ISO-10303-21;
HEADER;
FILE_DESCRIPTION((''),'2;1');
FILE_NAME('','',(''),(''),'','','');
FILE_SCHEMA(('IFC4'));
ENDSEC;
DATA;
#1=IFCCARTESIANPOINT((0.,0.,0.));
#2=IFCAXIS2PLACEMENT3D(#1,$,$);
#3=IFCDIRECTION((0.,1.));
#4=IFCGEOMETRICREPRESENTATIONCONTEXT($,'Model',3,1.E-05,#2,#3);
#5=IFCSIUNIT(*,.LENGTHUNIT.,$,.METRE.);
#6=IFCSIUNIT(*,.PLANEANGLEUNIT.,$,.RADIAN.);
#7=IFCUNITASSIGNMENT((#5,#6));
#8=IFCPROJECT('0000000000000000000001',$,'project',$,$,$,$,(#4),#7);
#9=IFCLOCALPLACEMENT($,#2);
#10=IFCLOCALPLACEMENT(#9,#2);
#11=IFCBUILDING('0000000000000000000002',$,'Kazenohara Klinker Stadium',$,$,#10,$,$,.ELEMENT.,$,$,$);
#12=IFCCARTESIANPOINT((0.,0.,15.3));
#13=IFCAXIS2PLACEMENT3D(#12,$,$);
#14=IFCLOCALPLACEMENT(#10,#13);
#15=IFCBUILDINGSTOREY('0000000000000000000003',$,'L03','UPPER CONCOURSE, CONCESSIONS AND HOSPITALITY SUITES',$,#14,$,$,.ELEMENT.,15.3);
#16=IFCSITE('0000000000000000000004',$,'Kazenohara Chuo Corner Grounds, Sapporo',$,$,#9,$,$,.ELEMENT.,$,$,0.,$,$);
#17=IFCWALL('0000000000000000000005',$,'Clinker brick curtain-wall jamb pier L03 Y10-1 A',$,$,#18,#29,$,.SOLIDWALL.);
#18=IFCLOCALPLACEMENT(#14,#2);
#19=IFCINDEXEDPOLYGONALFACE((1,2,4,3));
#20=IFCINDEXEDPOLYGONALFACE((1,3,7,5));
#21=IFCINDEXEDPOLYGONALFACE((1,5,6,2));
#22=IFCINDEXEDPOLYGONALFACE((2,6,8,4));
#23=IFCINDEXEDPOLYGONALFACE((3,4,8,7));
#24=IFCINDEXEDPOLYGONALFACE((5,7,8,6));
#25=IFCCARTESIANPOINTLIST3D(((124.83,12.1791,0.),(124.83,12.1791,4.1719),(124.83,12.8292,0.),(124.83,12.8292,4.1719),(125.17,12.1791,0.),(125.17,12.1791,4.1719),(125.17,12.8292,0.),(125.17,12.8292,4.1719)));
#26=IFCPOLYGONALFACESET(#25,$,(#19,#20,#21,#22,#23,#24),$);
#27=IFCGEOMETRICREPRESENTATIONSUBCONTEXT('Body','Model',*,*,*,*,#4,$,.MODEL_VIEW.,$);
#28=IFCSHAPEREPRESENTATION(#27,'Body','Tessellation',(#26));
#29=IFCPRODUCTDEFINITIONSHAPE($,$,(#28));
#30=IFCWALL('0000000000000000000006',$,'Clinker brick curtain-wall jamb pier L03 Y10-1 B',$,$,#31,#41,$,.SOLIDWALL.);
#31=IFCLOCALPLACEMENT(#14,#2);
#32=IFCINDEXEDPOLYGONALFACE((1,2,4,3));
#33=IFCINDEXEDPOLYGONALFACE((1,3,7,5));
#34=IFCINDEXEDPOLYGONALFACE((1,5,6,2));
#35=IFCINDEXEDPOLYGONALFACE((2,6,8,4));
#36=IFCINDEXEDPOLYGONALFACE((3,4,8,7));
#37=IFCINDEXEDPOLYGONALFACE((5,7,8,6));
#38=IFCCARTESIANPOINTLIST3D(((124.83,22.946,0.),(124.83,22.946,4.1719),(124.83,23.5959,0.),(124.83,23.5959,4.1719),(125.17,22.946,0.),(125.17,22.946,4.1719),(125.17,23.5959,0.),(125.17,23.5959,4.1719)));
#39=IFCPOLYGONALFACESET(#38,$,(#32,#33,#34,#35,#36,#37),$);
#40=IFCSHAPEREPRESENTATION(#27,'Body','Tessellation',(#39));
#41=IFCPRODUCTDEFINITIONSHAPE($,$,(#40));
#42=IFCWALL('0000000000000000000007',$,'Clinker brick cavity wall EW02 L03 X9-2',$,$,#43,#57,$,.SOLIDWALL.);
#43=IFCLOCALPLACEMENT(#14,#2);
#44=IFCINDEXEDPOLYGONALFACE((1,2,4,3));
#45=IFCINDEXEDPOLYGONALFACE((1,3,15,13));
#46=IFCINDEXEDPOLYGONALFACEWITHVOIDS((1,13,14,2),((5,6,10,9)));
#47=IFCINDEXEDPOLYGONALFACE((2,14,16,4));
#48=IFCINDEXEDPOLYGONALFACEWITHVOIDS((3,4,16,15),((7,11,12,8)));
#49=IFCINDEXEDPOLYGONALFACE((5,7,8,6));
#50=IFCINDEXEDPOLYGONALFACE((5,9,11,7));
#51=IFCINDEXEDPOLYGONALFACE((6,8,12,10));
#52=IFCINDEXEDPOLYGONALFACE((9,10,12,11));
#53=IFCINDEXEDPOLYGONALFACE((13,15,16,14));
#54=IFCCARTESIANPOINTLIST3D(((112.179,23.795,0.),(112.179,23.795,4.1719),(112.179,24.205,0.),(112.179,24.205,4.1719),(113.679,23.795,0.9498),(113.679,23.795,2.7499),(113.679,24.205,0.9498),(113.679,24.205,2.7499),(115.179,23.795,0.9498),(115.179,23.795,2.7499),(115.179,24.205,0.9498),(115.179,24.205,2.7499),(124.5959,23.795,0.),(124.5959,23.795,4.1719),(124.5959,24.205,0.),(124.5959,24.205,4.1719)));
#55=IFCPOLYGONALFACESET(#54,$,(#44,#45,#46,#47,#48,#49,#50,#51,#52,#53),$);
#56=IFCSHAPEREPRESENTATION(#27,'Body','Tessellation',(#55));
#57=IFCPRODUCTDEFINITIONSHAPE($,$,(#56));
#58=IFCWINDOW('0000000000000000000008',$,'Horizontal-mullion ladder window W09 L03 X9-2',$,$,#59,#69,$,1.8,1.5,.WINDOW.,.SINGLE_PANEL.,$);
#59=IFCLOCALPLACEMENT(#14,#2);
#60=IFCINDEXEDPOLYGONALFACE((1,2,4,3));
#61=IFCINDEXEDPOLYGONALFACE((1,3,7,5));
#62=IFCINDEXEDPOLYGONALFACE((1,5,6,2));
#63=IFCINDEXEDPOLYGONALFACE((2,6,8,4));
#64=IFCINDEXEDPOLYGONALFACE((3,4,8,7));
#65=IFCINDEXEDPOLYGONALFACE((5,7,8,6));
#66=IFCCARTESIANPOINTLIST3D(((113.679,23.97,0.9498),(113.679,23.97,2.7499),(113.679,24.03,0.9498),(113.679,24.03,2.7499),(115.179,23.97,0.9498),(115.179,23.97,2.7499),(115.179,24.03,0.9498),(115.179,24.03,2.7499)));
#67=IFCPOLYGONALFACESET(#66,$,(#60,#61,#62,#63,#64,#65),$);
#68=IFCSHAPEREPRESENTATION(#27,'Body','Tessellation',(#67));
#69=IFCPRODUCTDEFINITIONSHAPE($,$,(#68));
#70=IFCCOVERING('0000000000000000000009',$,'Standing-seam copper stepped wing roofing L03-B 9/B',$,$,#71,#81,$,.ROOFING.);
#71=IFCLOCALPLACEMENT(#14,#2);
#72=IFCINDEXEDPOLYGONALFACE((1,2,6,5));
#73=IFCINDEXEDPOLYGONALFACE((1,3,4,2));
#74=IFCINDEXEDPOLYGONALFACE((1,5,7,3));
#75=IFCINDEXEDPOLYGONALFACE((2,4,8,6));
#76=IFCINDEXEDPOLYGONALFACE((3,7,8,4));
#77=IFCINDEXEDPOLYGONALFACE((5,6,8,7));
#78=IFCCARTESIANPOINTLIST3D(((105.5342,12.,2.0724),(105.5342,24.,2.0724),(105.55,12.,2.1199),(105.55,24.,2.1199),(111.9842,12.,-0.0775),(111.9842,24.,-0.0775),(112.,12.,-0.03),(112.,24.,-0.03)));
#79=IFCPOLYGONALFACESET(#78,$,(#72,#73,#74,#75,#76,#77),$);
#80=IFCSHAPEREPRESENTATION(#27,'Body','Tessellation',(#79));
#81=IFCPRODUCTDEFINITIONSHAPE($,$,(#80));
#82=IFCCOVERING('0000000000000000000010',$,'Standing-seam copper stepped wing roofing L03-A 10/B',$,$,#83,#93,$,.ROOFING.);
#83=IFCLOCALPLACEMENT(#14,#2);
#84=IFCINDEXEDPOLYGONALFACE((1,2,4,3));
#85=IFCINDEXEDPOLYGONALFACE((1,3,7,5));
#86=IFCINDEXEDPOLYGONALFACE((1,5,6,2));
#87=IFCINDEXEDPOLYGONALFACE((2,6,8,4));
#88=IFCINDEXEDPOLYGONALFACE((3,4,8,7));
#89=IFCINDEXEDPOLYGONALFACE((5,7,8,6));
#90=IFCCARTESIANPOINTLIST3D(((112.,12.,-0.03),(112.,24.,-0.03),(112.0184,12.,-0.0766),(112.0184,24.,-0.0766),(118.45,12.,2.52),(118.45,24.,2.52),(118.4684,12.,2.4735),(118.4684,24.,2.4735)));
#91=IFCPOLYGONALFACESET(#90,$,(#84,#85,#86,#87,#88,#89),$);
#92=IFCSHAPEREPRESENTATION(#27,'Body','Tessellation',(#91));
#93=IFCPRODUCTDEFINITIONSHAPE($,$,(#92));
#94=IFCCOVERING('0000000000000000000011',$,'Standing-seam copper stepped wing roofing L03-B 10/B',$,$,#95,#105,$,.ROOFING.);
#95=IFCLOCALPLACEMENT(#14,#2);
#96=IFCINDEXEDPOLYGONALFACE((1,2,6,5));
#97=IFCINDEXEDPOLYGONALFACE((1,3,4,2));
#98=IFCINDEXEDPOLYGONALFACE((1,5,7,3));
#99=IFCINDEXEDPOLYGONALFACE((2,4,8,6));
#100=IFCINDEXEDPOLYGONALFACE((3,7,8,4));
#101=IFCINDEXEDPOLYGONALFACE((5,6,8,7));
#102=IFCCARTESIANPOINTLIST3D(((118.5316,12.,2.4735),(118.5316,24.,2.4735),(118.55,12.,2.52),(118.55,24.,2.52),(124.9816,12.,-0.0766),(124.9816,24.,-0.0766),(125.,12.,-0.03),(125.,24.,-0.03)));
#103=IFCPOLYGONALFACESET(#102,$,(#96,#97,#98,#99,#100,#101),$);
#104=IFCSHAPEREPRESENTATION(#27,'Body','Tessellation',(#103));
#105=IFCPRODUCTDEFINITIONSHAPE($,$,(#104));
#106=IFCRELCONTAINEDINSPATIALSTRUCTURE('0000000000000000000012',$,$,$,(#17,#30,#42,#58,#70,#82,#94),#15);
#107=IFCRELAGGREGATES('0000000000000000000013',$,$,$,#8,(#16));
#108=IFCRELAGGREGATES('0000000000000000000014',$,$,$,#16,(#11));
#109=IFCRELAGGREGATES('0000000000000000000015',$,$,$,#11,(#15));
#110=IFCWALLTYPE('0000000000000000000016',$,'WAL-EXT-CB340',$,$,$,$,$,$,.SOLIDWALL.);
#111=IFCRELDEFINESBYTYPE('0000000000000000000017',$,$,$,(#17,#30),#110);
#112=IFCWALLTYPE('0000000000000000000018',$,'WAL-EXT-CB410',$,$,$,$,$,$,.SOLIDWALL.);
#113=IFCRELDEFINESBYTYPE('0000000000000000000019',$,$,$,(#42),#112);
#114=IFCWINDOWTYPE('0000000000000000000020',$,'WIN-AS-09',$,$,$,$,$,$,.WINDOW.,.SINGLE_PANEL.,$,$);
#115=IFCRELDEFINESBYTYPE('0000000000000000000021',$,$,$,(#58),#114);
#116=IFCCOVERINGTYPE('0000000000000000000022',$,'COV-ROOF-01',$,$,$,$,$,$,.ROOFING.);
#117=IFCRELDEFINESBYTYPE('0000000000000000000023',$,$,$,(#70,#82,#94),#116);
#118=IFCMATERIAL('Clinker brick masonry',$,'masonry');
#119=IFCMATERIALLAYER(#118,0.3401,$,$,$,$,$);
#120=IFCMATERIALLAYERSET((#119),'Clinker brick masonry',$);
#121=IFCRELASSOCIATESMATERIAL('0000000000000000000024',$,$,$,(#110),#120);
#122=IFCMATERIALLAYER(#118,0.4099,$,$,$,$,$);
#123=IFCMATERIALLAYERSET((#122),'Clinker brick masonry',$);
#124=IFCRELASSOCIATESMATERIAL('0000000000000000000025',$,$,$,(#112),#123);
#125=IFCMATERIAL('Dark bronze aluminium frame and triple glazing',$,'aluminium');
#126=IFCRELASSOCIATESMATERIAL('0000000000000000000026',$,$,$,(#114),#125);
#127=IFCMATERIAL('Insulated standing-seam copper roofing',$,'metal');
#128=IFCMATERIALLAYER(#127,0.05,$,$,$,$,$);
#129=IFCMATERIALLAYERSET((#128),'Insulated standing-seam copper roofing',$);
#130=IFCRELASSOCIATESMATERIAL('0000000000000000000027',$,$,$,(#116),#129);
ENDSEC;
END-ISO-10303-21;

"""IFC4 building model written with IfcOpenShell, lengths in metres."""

from ifc_helpers import new_model, si_unit, direction, frame, frame_2d, origin, place, context, subcontext, project, spatial, polyline, rectangle, outline, extrude, material, layer, layer_set, type_object, element, fill, save


model = new_model("IFC4")

# Units and contexts
model_context = context("Model", 3, precision=1e-05, world=origin(), true_north=direction((0.0, 1.0)))
body_context = subcontext(model_context, "Body", "Model", "MODEL_VIEW")
ifc_project = project(units=[si_unit("LENGTHUNIT", "METRE"), si_unit("PLANEANGLEUNIT", "RADIAN")], contexts=[model_context])

# Site, building, storey
site_placement = place(None, origin())
site = spatial("IfcSite", under=ifc_project, at=site_placement, Name="Kazenohara Chuo Corner Grounds, Sapporo", CompositionType="ELEMENT", RefElevation=0.0)
building_placement = place(site_placement, origin())
building = spatial("IfcBuilding", under=site, at=building_placement, Name="Kazenohara Klinker Stadium", CompositionType="ELEMENT")
storey_placement = place(building_placement, frame((0.0, 0.0, 15.3)))
storey = spatial("IfcBuildingStorey", under=building, at=storey_placement, Name="L03", Description="UPPER CONCOURSE, CONCESSIONS AND HOSPITALITY SUITES", CompositionType="ELEMENT", Elevation=15.3)

# Walls
ifc_material_1 = material(Name="Clinker brick masonry", Category="masonry")
ifc_layer_1 = layer(ifc_material_1, 0.3401)
ifc_layer_set_1 = layer_set([ifc_layer_1], Name="Clinker brick masonry")
wall_type_1 = type_object("IfcWallType", Name="WAL-EXT-CB340", PredefinedType="SOLIDWALL", material=ifc_layer_set_1)
wall_1_placement = place(storey_placement, frame((125.0, 12.179, 0.0), z_axis=(0.0, 0.0, 1.0), x_axis=(0.0, 1.0, 0.0)))
element("IfcWall", 1, at=wall_1_placement, inside=storey, type_object=wall_type_1, Name="Clinker brick curtain-wall jamb pier L03 Y10-1 A", PredefinedType="SOLIDWALL", context=body_context, shape_type="SweptSolid", body=[
    extrude(rectangle(XDim=0.6501, YDim=0.3401, at=frame_2d((0.3252, 0.0))), origin(), (0.0, 0.0, 1.0), 4.1719),
])
wall_2_placement = place(storey_placement, frame((125.0, 22.946, 0.0), z_axis=(0.0, 0.0, 1.0), x_axis=(0.0, 1.0, 0.0)))
element("IfcWall", 2, at=wall_2_placement, inside=storey, type_object=wall_type_1, Name="Clinker brick curtain-wall jamb pier L03 Y10-1 B", PredefinedType="SOLIDWALL", context=body_context, shape_type="SweptSolid", body=[
    extrude(rectangle(XDim=0.6499, YDim=0.3401, at=frame_2d((0.325, 0.0))), origin(), (0.0, 0.0, 1.0), 4.1719),
])

# Wall, opening, window
ifc_layer_2 = layer(ifc_material_1, 0.4099)
ifc_layer_set_2 = layer_set([ifc_layer_2], Name="Clinker brick masonry")
wall_type_2 = type_object("IfcWallType", Name="WAL-EXT-CB410", PredefinedType="SOLIDWALL", material=ifc_layer_set_2)
wall_3_placement = place(storey_placement, frame((112.179, 24.0, 0.0), z_axis=(0.0, 0.0, 1.0), x_axis=(1.0, 0.0, 0.0)))
wall_3 = element("IfcWall", 3, at=wall_3_placement, inside=storey, type_object=wall_type_2, Name="Clinker brick cavity wall EW02 L03 X9-2", PredefinedType="SOLIDWALL", context=body_context, shape_type="SweptSolid", body=[
    extrude(rectangle(XDim=12.417, YDim=0.4099, at=frame_2d((6.2085, 0.0))), origin(), (0.0, 0.0, 1.0), 4.1719),
])
opening_placement = place(wall_3_placement, frame((1.5, 0.0, 0.95)))
opening = element("IfcOpeningElement", 4, at=opening_placement, cuts=wall_3, PredefinedType="OPENING", context=body_context, shape_type="SweptSolid", body=[
    extrude(rectangle(XDim=1.5, YDim=1.8, at=frame_2d((0.75, 0.8999))), frame((0.0, 0.2148, 0.0), z_axis=(0.0, -1.0, 0.0), x_axis=(1.0, 0.0, 0.0)), (0.0, 0.0, 1.0), 0.4299),
])
ifc_material_2 = material(Name="Dark bronze aluminium frame and triple glazing", Category="aluminium")
window_type = type_object("IfcWindowType", Name="WIN-AS-09", PartitioningType="SINGLE_PANEL", PredefinedType="WINDOW", material=ifc_material_2)
window_placement = place(opening_placement, origin())
window = element("IfcWindow", 5, at=window_placement, inside=storey, type_object=window_type, Name="Horizontal-mullion ladder window W09 L03 X9-2", OverallHeight=1.8, OverallWidth=1.5, PartitioningType="SINGLE_PANEL", PredefinedType="WINDOW", context=body_context, shape_type="SweptSolid", body=[
    extrude(rectangle(XDim=1.5, YDim=1.8, at=frame_2d((0.75, 0.8999))), frame((0.0, 0.03, 0.0), z_axis=(0.0, -1.0, 0.0), x_axis=(1.0, 0.0, 0.0)), (0.0, 0.0, 1.0), 0.0601),
])
fill(opening, window)

# Coverings
ifc_material_3 = material(Name="Insulated standing-seam copper roofing", Category="metal")
ifc_layer_3 = layer(ifc_material_3, 0.05)
ifc_layer_set_3 = layer_set([ifc_layer_3], Name="Insulated standing-seam copper roofing")
covering_type = type_object("IfcCoveringType", Name="COV-ROOF-01", PredefinedType="ROOFING", material=ifc_layer_set_3)
covering_placement = place(storey_placement, frame((105.55, 12.0, 2.1199), z_axis=(0.316217, 0.0, 0.948687), x_axis=(0.948687, 0.0, -0.316217)))
element("IfcCovering", 6, at=covering_placement, inside=storey, type_object=covering_type, Name="Standing-seam copper stepped wing roofing L03-B 9/B", PredefinedType="ROOFING", context=body_context, shape_type="SweptSolid", body=[
    extrude(outline(polyline([(0.0, 0.0), (6.7988, 0.0), (6.7988, 12.0), (0.0, 12.0), (0.0, 0.0)])), origin(), (0.0, 0.0, -1.0), 0.05),
])
for number, where, z_axis, x_axis, name in (
    (7, (112.0, 12.0, -0.03), (-0.367667, 0.0, 0.929957), (0.929957, 0.0, 0.367667), "Standing-seam copper stepped wing roofing L03-A 10/B"),
    (8, (118.55, 12.0, 2.52), (0.367667, 0.0, 0.929957), (0.929957, 0.0, -0.367667), "Standing-seam copper stepped wing roofing L03-B 10/B"),
):
    element("IfcCovering", number, at=place(storey_placement, frame(where, z_axis=z_axis, x_axis=x_axis)), inside=storey, type_object=covering_type, Name=name, PredefinedType="ROOFING", context=body_context, shape_type="SweptSolid", body=[
        extrude(outline(polyline([(0.0, 0.0), (6.9357, 0.0), (6.9357, 12.0), (0.0, 12.0), (0.0, 0.0)])), origin(), (0.0, 0.0, -1.0), 0.05),
    ])

save(model, "model.ifc")
